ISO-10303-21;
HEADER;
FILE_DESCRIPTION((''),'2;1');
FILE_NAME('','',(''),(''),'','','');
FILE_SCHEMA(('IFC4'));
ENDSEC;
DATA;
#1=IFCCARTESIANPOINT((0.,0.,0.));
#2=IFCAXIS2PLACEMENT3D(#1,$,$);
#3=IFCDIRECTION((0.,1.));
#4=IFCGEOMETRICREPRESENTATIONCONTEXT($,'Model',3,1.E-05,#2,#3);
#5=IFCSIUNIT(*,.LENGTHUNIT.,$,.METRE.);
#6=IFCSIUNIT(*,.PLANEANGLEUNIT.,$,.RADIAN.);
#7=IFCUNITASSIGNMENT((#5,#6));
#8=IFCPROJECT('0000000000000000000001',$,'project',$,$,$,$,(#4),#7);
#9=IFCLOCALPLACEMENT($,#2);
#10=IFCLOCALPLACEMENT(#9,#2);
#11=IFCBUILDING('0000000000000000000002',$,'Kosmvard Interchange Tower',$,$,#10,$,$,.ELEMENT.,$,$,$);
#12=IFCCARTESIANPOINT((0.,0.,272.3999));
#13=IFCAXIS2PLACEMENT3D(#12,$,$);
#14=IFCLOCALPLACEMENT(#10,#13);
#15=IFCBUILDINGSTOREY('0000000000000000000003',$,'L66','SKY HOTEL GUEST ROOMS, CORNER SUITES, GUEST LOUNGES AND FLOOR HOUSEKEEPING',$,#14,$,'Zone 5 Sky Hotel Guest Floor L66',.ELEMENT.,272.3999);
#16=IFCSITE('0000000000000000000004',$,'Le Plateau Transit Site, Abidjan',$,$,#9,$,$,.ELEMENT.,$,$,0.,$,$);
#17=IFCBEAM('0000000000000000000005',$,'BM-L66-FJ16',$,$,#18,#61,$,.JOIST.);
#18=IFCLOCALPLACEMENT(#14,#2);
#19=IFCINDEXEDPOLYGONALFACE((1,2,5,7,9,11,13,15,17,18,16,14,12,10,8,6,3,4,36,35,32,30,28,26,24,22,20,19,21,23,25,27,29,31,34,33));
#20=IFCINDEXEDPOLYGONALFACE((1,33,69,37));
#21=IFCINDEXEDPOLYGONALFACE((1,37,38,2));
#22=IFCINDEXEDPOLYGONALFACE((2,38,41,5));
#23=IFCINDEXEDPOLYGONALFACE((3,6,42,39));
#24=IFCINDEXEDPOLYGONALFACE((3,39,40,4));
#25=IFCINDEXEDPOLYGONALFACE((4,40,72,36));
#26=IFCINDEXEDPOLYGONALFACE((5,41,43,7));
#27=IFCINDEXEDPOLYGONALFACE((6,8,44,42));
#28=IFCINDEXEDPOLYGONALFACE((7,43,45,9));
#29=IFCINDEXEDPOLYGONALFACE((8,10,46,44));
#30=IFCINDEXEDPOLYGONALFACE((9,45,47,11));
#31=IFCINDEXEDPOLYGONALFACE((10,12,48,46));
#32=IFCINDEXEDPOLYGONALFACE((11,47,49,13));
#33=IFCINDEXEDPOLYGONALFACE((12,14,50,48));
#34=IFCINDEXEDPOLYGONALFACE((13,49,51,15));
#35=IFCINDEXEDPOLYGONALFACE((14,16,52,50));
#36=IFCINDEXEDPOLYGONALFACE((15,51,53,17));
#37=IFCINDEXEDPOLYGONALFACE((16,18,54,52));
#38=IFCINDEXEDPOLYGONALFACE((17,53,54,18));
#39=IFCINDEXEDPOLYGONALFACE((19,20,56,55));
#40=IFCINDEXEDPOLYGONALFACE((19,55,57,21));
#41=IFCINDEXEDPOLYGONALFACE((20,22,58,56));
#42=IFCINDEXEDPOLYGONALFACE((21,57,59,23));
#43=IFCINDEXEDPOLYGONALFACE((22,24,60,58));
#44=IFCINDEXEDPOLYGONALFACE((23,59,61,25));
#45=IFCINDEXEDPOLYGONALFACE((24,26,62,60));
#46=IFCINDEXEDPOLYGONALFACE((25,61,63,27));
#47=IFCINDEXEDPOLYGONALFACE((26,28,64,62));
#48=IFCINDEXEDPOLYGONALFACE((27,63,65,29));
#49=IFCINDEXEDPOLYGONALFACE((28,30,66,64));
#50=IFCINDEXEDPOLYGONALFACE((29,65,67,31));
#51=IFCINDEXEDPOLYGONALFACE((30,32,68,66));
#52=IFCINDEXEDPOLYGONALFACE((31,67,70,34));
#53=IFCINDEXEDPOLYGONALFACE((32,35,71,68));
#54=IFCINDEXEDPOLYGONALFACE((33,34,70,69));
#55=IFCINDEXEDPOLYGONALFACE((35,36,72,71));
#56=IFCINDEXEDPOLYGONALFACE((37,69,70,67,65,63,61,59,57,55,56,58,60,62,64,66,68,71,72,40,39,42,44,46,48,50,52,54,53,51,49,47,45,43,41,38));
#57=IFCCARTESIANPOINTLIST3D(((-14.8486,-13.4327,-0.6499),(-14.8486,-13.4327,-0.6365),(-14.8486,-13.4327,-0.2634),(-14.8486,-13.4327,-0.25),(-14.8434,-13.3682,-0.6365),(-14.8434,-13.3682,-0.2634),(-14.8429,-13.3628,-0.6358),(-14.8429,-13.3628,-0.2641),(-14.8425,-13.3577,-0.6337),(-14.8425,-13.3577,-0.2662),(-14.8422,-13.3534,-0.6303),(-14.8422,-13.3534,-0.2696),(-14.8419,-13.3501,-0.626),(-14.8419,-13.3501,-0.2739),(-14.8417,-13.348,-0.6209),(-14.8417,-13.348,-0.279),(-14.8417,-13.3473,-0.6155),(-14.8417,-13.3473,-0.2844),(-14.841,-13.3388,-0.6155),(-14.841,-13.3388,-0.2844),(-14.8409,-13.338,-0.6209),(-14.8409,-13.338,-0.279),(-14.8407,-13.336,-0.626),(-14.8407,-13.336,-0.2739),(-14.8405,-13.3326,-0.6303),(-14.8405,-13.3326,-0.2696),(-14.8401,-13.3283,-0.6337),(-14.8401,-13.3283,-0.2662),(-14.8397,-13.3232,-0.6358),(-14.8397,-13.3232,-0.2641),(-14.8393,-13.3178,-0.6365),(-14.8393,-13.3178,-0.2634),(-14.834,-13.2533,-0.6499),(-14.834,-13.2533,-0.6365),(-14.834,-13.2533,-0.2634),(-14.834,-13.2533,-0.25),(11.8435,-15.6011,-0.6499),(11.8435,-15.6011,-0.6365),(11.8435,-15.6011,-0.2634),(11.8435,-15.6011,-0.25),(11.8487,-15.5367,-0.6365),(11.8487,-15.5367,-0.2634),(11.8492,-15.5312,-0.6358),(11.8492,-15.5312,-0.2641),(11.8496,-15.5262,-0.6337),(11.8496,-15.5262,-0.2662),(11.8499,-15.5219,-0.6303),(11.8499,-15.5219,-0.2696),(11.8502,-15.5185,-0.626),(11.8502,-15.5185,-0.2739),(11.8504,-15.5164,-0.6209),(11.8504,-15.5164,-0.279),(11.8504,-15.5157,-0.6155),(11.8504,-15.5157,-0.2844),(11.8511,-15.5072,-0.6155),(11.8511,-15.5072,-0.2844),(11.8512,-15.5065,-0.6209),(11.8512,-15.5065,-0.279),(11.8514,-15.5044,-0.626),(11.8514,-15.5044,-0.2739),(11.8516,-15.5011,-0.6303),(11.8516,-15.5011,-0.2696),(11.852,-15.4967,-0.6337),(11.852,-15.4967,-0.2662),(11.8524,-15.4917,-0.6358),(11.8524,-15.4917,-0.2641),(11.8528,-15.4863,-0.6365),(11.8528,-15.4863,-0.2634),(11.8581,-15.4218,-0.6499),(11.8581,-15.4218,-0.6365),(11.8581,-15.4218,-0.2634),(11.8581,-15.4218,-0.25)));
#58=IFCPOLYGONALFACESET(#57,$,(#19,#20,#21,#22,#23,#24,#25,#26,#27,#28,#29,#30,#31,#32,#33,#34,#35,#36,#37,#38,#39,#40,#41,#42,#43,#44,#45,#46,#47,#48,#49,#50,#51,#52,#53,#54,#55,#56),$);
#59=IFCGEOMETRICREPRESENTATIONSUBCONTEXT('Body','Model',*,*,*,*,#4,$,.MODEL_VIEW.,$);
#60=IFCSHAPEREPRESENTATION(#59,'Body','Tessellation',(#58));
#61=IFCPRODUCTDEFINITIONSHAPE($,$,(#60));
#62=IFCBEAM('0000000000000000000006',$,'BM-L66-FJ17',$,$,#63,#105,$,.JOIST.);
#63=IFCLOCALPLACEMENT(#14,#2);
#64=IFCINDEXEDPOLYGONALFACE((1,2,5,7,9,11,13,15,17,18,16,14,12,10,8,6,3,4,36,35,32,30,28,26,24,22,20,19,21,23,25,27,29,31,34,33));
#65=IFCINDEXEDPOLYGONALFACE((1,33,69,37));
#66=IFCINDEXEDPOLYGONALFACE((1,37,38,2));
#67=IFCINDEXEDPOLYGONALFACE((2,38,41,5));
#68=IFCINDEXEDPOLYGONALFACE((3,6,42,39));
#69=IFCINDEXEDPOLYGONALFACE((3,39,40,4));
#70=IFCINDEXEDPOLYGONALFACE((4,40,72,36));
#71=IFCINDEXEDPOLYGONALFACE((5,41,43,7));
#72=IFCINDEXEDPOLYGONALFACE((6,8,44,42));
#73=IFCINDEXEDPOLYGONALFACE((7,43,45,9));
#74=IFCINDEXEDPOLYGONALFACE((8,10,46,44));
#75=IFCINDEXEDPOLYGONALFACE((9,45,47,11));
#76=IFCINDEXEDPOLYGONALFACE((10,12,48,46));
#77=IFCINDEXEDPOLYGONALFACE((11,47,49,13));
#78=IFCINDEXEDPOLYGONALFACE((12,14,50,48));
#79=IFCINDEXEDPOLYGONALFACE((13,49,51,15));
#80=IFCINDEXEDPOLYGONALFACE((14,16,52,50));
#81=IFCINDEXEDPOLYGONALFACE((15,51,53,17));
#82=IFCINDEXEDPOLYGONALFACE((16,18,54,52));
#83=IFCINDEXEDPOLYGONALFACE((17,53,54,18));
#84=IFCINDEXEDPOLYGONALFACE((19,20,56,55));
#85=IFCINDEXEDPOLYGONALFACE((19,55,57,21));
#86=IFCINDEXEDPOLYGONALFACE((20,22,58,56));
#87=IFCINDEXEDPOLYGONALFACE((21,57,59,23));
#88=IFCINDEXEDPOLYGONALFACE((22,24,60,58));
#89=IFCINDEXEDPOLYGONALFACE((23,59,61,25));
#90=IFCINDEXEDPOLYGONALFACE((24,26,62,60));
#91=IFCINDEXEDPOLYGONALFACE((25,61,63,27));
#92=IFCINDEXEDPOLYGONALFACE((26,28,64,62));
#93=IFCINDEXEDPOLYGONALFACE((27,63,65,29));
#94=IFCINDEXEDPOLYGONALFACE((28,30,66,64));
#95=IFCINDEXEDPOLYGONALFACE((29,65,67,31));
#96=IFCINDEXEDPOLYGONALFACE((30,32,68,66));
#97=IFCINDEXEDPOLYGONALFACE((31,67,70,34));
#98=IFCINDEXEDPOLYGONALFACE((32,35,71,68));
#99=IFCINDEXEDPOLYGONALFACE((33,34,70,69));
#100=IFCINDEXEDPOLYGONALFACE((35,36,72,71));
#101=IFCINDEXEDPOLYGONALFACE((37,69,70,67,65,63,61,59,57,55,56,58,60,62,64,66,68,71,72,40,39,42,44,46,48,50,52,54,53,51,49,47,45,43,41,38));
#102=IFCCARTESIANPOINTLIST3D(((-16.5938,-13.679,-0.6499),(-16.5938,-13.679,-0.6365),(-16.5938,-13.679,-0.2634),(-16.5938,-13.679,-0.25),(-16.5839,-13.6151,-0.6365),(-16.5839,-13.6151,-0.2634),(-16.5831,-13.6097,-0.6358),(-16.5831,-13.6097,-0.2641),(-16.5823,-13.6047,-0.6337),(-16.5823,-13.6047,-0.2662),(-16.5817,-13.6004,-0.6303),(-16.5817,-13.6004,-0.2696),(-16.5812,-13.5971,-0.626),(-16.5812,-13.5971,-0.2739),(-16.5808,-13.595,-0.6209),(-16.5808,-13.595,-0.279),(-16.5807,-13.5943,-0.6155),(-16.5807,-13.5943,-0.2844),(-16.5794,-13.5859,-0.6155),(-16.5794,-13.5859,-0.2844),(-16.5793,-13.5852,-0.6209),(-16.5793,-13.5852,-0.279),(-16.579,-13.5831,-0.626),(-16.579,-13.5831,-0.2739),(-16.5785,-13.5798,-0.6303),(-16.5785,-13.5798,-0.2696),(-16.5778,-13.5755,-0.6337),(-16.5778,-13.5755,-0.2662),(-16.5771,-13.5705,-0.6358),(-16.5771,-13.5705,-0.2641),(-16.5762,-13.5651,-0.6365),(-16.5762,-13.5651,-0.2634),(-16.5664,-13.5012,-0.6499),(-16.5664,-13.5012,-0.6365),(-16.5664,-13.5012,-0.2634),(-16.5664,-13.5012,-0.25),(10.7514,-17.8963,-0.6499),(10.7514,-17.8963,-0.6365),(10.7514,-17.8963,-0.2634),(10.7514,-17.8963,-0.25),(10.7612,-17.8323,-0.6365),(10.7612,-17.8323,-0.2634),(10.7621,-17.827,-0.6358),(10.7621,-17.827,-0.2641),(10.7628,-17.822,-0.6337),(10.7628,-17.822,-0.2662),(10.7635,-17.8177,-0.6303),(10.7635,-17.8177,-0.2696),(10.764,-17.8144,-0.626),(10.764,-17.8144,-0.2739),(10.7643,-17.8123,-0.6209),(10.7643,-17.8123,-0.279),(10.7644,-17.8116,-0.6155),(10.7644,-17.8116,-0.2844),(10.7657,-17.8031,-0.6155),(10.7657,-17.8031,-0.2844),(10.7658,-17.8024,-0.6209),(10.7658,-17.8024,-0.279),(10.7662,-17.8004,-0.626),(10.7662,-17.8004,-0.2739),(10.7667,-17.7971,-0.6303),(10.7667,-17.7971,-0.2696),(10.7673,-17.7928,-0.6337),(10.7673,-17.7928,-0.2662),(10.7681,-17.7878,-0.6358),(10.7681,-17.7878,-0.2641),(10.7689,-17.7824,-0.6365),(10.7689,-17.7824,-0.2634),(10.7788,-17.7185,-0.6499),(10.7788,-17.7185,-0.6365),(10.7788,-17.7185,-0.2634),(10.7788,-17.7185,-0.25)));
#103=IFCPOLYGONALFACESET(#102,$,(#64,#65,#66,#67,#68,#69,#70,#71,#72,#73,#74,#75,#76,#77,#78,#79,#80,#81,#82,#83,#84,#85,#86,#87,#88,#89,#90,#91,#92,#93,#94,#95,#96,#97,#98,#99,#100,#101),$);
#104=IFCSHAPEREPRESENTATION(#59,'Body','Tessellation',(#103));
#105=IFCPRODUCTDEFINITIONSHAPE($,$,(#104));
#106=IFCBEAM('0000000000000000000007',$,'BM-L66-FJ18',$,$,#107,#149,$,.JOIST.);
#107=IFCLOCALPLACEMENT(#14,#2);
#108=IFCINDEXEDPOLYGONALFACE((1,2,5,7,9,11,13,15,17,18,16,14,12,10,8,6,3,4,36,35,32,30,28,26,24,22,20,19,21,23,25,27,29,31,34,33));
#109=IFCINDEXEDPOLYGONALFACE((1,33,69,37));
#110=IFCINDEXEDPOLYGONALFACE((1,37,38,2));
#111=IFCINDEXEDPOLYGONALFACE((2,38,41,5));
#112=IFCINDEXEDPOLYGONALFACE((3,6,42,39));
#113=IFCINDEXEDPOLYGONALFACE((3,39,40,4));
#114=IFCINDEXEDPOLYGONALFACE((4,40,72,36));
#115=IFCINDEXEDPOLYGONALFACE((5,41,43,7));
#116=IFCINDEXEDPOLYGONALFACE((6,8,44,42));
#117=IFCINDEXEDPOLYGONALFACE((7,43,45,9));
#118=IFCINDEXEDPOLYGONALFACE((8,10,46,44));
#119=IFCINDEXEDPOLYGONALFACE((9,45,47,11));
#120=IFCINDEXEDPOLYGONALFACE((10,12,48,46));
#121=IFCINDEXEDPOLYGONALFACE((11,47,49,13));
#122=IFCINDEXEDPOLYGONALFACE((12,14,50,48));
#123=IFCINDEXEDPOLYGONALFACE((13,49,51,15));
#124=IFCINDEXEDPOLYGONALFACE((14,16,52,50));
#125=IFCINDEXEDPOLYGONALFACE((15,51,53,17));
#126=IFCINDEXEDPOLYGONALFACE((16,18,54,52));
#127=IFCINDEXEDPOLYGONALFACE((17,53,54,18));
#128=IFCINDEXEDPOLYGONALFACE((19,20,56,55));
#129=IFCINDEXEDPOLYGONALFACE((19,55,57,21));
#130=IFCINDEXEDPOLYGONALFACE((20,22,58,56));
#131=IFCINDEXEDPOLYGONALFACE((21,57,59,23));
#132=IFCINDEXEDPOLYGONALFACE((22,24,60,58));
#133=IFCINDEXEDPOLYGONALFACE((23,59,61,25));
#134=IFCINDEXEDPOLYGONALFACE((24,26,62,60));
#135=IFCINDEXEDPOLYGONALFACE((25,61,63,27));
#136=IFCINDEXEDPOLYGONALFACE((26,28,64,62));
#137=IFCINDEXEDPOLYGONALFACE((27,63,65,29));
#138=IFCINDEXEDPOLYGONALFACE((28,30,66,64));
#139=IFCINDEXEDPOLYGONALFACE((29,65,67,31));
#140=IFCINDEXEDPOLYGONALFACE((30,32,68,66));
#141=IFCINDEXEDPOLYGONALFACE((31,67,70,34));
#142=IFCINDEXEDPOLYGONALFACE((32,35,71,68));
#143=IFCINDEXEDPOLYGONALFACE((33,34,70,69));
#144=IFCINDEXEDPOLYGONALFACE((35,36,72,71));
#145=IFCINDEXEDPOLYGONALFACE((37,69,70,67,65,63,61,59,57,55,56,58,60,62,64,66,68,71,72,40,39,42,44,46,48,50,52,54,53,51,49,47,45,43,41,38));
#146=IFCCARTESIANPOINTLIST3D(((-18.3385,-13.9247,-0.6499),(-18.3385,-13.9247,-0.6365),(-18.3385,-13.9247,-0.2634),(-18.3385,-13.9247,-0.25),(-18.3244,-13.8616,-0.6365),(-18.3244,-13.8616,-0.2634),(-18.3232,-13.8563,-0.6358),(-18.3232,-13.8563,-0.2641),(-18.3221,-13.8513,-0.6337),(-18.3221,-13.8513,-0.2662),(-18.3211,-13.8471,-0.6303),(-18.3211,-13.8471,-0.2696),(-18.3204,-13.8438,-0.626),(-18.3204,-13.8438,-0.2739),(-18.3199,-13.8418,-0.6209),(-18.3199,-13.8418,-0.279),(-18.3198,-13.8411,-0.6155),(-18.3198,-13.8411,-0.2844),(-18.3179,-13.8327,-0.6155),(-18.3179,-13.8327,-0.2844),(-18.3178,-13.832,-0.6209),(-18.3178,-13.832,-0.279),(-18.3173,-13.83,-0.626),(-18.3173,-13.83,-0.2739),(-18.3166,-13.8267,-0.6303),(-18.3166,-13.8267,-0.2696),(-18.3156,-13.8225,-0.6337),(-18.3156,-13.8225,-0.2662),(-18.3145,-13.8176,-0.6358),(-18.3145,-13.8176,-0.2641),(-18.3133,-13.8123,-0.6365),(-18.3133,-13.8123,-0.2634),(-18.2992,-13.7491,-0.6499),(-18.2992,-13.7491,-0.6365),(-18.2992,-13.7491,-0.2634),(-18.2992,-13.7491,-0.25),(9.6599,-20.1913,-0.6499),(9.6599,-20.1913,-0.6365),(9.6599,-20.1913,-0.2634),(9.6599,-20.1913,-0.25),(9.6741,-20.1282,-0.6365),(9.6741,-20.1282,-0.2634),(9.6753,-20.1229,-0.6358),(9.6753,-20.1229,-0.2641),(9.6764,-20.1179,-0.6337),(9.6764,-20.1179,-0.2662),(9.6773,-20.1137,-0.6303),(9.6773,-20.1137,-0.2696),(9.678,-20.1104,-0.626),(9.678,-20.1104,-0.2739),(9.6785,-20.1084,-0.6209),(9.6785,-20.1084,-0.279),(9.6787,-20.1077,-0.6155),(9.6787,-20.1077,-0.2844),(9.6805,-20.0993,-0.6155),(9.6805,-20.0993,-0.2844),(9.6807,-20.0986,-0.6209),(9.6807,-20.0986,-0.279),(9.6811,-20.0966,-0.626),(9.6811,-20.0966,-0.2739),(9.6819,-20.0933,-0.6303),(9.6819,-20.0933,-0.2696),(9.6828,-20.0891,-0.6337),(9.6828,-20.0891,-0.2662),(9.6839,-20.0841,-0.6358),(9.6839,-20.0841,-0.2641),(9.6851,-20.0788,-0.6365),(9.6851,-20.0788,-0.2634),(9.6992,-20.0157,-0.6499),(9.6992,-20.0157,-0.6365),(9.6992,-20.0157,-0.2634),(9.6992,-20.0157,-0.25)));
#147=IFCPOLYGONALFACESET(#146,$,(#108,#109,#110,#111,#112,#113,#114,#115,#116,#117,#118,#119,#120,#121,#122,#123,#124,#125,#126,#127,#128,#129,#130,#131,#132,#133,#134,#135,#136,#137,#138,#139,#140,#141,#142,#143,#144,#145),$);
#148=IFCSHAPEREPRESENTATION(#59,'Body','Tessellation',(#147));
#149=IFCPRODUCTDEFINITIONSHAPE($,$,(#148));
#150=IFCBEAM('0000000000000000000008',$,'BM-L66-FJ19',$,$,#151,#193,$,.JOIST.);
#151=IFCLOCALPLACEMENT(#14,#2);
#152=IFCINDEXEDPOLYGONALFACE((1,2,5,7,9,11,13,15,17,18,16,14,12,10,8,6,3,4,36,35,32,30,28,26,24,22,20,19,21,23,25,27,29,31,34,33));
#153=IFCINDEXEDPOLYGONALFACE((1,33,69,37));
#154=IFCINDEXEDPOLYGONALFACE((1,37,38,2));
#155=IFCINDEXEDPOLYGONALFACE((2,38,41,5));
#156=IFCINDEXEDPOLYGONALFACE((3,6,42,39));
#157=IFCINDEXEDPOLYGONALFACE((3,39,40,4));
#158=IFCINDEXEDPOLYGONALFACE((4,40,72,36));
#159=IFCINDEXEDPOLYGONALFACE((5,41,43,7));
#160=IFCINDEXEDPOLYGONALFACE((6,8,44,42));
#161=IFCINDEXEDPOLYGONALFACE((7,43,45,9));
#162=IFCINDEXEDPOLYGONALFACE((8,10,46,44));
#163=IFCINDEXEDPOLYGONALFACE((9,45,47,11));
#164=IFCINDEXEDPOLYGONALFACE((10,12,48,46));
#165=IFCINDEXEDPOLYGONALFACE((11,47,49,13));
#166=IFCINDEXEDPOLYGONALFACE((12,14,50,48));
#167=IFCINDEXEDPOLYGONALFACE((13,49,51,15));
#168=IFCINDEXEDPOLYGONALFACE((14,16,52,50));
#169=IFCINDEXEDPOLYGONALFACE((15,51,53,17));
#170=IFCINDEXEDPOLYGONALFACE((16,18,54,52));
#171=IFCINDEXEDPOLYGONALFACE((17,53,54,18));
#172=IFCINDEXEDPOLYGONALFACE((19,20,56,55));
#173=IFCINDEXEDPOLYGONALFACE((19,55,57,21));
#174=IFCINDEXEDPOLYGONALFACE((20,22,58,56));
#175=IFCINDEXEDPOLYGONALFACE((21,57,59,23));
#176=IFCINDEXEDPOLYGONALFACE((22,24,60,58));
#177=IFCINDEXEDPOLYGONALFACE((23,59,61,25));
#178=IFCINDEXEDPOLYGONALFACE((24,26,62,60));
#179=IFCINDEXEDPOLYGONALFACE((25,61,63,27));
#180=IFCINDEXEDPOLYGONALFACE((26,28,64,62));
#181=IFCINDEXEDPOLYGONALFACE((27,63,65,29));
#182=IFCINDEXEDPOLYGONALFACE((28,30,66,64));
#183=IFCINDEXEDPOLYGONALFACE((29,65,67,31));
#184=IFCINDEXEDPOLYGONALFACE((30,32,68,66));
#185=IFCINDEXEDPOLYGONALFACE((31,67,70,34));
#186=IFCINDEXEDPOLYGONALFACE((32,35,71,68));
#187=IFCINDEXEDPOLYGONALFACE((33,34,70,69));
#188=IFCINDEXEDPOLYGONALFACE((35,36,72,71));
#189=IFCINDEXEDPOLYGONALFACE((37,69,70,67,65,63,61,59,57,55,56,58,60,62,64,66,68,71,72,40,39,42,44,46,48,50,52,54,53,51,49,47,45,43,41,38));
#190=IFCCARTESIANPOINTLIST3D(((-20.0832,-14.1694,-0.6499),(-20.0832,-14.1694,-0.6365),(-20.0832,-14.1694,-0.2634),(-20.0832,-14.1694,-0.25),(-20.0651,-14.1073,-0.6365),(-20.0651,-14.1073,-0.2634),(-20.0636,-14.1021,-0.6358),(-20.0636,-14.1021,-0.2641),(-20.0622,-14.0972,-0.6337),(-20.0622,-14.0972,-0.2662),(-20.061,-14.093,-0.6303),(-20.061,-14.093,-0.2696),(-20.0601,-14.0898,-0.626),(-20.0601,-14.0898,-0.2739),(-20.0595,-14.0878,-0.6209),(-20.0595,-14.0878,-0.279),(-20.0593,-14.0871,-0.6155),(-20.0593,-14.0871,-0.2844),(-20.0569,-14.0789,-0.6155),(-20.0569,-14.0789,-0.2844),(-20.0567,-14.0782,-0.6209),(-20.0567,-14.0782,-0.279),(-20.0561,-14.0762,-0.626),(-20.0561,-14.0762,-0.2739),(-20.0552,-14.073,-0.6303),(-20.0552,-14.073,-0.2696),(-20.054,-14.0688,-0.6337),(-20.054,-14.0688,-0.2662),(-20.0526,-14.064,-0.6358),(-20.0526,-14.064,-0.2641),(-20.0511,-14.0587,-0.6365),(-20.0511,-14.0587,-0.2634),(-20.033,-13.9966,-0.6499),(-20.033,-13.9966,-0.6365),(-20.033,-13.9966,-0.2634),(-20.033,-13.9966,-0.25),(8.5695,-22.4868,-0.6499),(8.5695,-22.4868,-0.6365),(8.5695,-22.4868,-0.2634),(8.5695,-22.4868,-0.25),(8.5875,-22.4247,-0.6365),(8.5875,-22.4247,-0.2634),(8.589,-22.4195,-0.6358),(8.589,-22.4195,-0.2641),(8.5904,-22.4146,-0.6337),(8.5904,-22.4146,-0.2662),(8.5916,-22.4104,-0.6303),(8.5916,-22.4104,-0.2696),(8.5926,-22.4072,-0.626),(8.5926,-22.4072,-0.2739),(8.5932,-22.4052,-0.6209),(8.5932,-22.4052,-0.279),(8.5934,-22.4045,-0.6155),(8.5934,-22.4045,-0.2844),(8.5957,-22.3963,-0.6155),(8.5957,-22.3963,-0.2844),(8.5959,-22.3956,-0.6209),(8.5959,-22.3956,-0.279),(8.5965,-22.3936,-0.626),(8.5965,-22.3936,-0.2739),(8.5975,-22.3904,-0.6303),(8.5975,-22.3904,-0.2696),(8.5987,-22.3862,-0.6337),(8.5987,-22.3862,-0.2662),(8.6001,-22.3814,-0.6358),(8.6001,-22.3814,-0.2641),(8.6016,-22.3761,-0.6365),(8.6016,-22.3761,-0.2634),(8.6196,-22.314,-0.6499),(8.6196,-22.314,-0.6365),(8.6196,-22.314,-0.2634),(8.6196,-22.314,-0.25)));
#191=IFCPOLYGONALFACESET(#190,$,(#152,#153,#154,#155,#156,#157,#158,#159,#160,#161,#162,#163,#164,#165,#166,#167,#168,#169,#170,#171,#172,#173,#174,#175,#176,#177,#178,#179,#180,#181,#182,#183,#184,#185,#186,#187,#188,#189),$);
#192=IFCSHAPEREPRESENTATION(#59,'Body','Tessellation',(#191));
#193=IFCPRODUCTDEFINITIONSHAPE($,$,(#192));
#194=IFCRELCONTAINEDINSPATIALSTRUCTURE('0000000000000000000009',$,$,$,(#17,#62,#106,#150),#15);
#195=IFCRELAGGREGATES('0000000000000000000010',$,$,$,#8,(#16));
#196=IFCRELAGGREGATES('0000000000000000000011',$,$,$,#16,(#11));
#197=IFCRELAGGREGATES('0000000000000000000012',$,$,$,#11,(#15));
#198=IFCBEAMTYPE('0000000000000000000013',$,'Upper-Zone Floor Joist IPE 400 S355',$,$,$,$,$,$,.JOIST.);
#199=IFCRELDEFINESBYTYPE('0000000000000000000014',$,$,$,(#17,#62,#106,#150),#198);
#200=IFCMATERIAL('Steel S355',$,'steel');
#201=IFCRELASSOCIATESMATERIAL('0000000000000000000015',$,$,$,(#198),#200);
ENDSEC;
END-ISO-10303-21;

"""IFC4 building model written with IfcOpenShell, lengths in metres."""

from ifc_helpers import new_model, si_unit, direction, frame, origin, origin_2d, place, context, subcontext, project, spatial, i_section, extrude, source, transform, mapped, material, material_profile, profile_set, type_object, element, save


model = new_model("IFC4")

# Units and contexts
model_context = context("Model", 3, precision=1e-05, world=origin(), true_north=direction((0.0, 1.0)))
body_context = subcontext(model_context, "Body", "Model", "MODEL_VIEW")
ifc_project = project(units=[si_unit("LENGTHUNIT", "METRE"), si_unit("PLANEANGLEUNIT", "RADIAN")], contexts=[model_context])

# Site, building, storey
site_placement = place(None, origin())
site = spatial("IfcSite", under=ifc_project, at=site_placement, Name="Le Plateau Transit Site, Abidjan", CompositionType="ELEMENT", RefElevation=0.0)
building_placement = place(site_placement, origin())
building = spatial("IfcBuilding", under=site, at=building_placement, Name="Kosmvard Interchange Tower", CompositionType="ELEMENT")
storey_placement = place(building_placement, frame((0.0, 0.0, 272.3999)))
storey = spatial("IfcBuildingStorey", under=building, at=storey_placement, Name="L66", Description="SKY HOTEL GUEST ROOMS, CORNER SUITES, GUEST LOUNGES AND FLOOR HOUSEKEEPING", LongName="Zone 5 Sky Hotel Guest Floor L66", CompositionType="ELEMENT", Elevation=272.3999)

# Beams
ifc_material_1 = material(Name="Steel S355", Category="steel")
ifc_material_profile_1 = material_profile(ifc_material_1, i_section(OverallWidth=0.1799, OverallDepth=0.3999, WebThickness=0.0085, FlangeThickness=0.0134, FilletRadius=0.021, at=origin_2d()), Name="IPE 400")
ifc_profile_set_1 = profile_set([ifc_material_profile_1], Name="Steel S355")
beam_type_1 = type_object("IfcBeamType", Name="Upper-Zone Floor Joist IPE 400 S355", PredefinedType="JOIST", material=ifc_profile_set_1)
shared_shape_1 = source(origin(), body_context, "Body", "SweptSolid", [
    extrude(i_section(OverallWidth=0.1799, OverallDepth=0.3999, WebThickness=0.0085, FlangeThickness=0.0134, FilletRadius=0.021, at=origin_2d()), origin(), (0.0, 0.0, 1.0), 26.78),
])
beam_1_placement = place(storey_placement, frame((-14.8413, -13.343, -0.45), z_axis=(0.996716, -0.080973, 0.0), x_axis=(0.080973, 0.996716, 0.0)))
element("IfcBeam", 1, at=beam_1_placement, inside=storey, type_object=beam_type_1, Name="BM-L66-FJ16", PredefinedType="JOIST", context=body_context, shape_type="MappedRepresentation", body=[
    mapped(shared_shape_1, transform((0.0, 0.0, 0.0), scale=1.0)),
])
shared_shape_2 = source(origin(), body_context, "Body", "SweptSolid", [
    extrude(i_section(OverallWidth=0.1799, OverallDepth=0.3999, WebThickness=0.0085, FlangeThickness=0.0134, FilletRadius=0.021, at=origin_2d()), origin(), (0.0, 0.0, 1.0), 27.6685),
])
beam_2_placement = place(storey_placement, frame((-16.5801, -13.5901, -0.45), z_axis=(0.988316, -0.152422, 0.0), x_axis=(0.152422, 0.988316, 0.0)))
element("IfcBeam", 2, at=beam_2_placement, inside=storey, type_object=beam_type_1, Name="BM-L66-FJ17", PredefinedType="JOIST", context=body_context, shape_type="MappedRepresentation", body=[
    mapped(shared_shape_2, transform((0.0, 0.0, 0.0), scale=1.0)),
])
shared_shape_3 = source(origin(), body_context, "Body", "SweptSolid", [
    extrude(i_section(OverallWidth=0.1799, OverallDepth=0.3999, WebThickness=0.0085, FlangeThickness=0.0134, FilletRadius=0.021, at=origin_2d()), origin(), (0.0, 0.0, 1.0), 28.6912),
])
beam_3_placement = place(storey_placement, frame((-18.3188, -13.8369, -0.45), z_axis=(0.975856, -0.218415, 0.0), x_axis=(0.218415, 0.975856, 0.0)))
element("IfcBeam", 3, at=beam_3_placement, inside=storey, type_object=beam_type_1, Name="BM-L66-FJ18", PredefinedType="JOIST", context=body_context, shape_type="MappedRepresentation", body=[
    mapped(shared_shape_3, transform((0.0, 0.0, 0.0), scale=1.0)),
])
shared_shape_4 = source(origin(), body_context, "Body", "SweptSolid", [
    extrude(i_section(OverallWidth=0.1799, OverallDepth=0.3999, WebThickness=0.0085, FlangeThickness=0.0134, FilletRadius=0.021, at=origin_2d()), origin(), (0.0, 0.0, 1.0), 29.8354),
])
beam_4_placement = place(storey_placement, frame((-20.0581, -14.083, -0.45), z_axis=(0.960356, -0.278776, 0.0), x_axis=(0.278776, 0.960356, 0.0)))
element("IfcBeam", 4, at=beam_4_placement, inside=storey, type_object=beam_type_1, Name="BM-L66-FJ19", PredefinedType="JOIST", context=body_context, shape_type="MappedRepresentation", body=[
    mapped(shared_shape_4, transform((0.0, 0.0, 0.0), scale=1.0)),
])

save(model, "model.ifc")
